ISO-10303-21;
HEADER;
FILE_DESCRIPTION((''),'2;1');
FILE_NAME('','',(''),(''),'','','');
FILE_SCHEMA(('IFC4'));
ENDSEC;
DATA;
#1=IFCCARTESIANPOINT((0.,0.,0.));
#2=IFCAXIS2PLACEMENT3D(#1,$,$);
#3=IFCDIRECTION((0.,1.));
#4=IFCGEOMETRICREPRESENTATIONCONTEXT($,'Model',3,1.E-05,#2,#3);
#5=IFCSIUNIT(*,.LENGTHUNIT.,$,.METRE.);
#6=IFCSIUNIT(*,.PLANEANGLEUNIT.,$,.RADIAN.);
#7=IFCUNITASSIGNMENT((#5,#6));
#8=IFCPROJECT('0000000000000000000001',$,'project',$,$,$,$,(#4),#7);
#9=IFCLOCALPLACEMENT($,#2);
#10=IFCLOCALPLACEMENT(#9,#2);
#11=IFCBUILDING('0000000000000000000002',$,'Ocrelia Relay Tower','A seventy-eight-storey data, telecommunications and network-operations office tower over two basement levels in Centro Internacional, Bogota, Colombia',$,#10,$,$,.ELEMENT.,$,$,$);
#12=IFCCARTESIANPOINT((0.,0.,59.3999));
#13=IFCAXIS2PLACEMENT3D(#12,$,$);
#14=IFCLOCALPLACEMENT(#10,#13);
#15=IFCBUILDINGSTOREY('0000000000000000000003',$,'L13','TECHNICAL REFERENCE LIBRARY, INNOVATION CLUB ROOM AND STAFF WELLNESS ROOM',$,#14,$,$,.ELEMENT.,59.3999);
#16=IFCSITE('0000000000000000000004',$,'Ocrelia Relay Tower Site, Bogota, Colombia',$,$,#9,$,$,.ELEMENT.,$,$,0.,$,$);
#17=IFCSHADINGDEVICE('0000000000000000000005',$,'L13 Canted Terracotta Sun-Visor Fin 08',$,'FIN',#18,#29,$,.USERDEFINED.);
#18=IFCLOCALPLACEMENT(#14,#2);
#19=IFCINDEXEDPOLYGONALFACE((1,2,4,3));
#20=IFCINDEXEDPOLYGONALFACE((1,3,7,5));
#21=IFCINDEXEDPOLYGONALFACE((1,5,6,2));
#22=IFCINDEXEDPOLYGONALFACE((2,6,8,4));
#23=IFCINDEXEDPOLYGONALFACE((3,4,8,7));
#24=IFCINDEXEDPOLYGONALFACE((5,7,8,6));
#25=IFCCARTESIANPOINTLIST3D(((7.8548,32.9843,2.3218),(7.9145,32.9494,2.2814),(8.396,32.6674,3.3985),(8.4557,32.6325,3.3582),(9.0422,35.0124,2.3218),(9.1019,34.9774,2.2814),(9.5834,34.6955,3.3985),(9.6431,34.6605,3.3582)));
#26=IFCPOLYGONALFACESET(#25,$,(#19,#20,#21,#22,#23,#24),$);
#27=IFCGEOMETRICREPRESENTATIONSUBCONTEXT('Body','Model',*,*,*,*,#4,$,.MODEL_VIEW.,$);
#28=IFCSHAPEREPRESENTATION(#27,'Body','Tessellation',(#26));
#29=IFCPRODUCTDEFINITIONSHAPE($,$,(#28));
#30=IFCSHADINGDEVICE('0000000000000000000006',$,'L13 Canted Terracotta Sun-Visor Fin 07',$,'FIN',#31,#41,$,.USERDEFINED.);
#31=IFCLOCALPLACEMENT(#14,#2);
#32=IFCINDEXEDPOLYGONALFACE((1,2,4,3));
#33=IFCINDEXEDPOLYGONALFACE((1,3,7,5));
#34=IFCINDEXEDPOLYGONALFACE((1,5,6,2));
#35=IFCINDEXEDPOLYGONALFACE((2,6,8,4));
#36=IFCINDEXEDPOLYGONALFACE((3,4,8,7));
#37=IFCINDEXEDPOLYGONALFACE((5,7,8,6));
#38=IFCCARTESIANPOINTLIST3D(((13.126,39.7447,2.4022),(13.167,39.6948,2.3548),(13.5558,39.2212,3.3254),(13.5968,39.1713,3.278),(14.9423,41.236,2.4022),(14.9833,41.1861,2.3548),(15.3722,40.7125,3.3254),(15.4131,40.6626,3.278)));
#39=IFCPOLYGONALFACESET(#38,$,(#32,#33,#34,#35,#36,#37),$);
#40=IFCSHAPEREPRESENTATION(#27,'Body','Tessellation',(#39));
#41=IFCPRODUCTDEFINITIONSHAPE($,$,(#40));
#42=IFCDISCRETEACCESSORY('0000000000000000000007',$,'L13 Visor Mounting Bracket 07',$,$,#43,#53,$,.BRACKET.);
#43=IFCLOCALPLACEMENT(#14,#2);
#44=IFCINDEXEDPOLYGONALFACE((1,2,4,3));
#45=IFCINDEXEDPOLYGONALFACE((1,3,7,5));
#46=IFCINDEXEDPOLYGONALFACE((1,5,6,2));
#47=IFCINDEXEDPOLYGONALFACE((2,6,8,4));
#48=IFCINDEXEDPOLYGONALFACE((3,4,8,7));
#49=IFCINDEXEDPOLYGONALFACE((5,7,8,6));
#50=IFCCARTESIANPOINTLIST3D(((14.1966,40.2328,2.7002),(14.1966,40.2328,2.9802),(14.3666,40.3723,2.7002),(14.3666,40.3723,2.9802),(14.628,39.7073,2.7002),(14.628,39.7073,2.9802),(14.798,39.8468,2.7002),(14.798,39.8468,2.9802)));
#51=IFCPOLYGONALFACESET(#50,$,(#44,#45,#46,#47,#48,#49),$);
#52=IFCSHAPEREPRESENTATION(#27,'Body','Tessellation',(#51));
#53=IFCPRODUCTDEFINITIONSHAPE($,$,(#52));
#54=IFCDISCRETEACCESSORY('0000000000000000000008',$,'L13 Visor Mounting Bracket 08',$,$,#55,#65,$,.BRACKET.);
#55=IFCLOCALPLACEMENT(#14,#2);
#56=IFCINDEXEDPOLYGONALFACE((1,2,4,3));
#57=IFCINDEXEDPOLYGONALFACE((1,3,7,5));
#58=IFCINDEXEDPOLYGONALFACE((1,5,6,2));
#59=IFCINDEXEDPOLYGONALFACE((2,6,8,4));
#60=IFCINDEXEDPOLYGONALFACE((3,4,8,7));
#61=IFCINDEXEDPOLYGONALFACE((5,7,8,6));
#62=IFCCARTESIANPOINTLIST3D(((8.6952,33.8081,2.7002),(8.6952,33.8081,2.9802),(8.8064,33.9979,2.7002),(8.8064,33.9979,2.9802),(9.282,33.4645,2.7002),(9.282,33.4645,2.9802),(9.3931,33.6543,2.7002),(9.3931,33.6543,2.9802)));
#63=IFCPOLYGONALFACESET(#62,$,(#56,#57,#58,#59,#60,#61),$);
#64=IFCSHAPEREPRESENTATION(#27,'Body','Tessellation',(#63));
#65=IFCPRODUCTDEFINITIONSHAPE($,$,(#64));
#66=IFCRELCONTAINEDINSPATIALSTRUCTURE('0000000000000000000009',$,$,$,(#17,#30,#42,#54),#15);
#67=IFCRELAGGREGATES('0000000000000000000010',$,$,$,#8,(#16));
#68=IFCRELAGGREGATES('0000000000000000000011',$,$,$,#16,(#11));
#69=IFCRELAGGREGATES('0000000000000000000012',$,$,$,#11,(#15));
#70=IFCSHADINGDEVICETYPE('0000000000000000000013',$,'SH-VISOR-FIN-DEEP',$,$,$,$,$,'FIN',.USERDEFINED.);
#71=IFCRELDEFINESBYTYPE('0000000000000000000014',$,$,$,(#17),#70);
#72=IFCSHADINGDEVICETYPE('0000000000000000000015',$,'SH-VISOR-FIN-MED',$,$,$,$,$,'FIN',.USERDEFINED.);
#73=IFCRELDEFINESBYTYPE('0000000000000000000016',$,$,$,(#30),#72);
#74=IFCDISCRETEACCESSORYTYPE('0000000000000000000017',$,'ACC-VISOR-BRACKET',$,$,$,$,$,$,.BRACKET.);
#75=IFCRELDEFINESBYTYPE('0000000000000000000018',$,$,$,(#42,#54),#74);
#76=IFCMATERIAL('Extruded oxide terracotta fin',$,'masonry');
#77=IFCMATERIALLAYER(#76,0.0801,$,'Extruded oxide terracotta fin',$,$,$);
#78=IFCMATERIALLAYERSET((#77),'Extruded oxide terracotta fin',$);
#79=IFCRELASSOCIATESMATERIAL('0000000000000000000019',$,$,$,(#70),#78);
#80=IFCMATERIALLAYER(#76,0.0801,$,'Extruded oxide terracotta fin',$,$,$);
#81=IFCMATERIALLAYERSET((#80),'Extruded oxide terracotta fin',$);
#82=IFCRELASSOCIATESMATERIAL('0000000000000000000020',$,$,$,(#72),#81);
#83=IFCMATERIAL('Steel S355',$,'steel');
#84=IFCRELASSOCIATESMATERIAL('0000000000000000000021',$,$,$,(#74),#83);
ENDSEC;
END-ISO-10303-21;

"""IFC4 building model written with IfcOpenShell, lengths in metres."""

from ifc_helpers import new_model, si_unit, direction, frame, origin, origin_2d, place, context, subcontext, project, spatial, rectangle, extrude, material, layer, layer_set, type_object, element, save


model = new_model("IFC4")

# Units and contexts
model_context = context("Model", 3, precision=1e-05, world=origin(), true_north=direction((0.0, 1.0)))
body_context = subcontext(model_context, "Body", "Model", "MODEL_VIEW")
ifc_project = project(units=[si_unit("LENGTHUNIT", "METRE"), si_unit("PLANEANGLEUNIT", "RADIAN")], contexts=[model_context])

# Site, building, storey
site_placement = place(None, origin())
site = spatial("IfcSite", under=ifc_project, at=site_placement, Name="Ocrelia Relay Tower Site, Bogota, Colombia", CompositionType="ELEMENT", RefElevation=0.0)
building_placement = place(site_placement, origin())
building = spatial("IfcBuilding", under=site, at=building_placement, Name="Ocrelia Relay Tower", Description="A seventy-eight-storey data, telecommunications and network-operations office tower over two basement levels in Centro Internacional, Bogota, Colombia", CompositionType="ELEMENT")
storey_placement = place(building_placement, frame((0.0, 0.0, 59.3999)))
storey = spatial("IfcBuildingStorey", under=building, at=storey_placement, Name="L13", Description="TECHNICAL REFERENCE LIBRARY, INNOVATION CLUB ROOM AND STAFF WELLNESS ROOM", CompositionType="ELEMENT", Elevation=59.3999)

# Shared definitions
ifc_material_1 = material(Name="Steel S355", Category="steel")

# Shading devices
ifc_material_2 = material(Name="Extruded oxide terracotta fin", Category="masonry")
ifc_layer_1 = layer(ifc_material_2, 0.0801, Name="Extruded oxide terracotta fin")
ifc_layer_set_1 = layer_set([ifc_layer_1], Name="Extruded oxide terracotta fin")
shading_device_type_1 = type_object("IfcShadingDeviceType", Name="SH-VISOR-FIN-DEEP", ElementType="FIN", PredefinedType="USERDEFINED", material=ifc_layer_set_1)
shading_device_1_placement = place(storey_placement, frame((8.7788, 33.8049, 2.8198), z_axis=(-0.745687, 0.436599, 0.503322), x_axis=(-0.505265, -0.862964, 0.0)))
element("IfcShadingDevice", 1, at=shading_device_1_placement, inside=storey, type_object=shading_device_type_1, Name="L13 Canted Terracotta Sun-Visor Fin 08", ObjectType="FIN", PredefinedType="USERDEFINED", context=body_context, shape_type="SweptSolid", body=[
    extrude(rectangle(XDim=2.3501, YDim=1.2461, at=origin_2d()), origin(), (0.0, 0.0, 1.0), 0.0801),
])
ifc_layer_2 = layer(ifc_material_2, 0.0801, Name="Extruded oxide terracotta fin")
ifc_layer_set_2 = layer_set([ifc_layer_2], Name="Extruded oxide terracotta fin")
shading_device_type_2 = type_object("IfcShadingDeviceType", Name="SH-VISOR-FIN-MED", ElementType="FIN", PredefinedType="USERDEFINED", material=ifc_layer_set_2)
shading_device_2_placement = place(storey_placement, frame((14.29, 40.1787, 2.8164), z_axis=(-0.511604, 0.623122, 0.591591), x_axis=(-0.772876, -0.634557, 0.0)))
element("IfcShadingDevice", 2, at=shading_device_2_placement, inside=storey, type_object=shading_device_type_2, Name="L13 Canted Terracotta Sun-Visor Fin 07", ObjectType="FIN", PredefinedType="USERDEFINED", context=body_context, shape_type="SweptSolid", body=[
    extrude(rectangle(XDim=2.3501, YDim=1.145, at=origin_2d()), origin(), (0.0, 0.0, 1.0), 0.0801),
])

# Discrete accessories
discrete_accessory_type = type_object("IfcDiscreteAccessoryType", Name="ACC-VISOR-BRACKET", PredefinedType="BRACKET", material=ifc_material_1)
for number, where, z_axis, x_axis, name in (
    (3, (14.4973, 40.0398, 2.7002), (0.0, 0.0, 1.0), (-0.772876, -0.634557, 0.0), "L13 Visor Mounting Bracket 07"),
    (4, (9.0442, 33.7312, 2.7002), (0.0, 0.0, 1.0), (-0.505265, -0.862964, 0.0), "L13 Visor Mounting Bracket 08"),
):
    element("IfcDiscreteAccessory", number, at=place(storey_placement, frame(where, z_axis=z_axis, x_axis=x_axis)), inside=storey, type_object=discrete_accessory_type, Name=name, PredefinedType="BRACKET", context=body_context, shape_type="SweptSolid", body=[
        extrude(rectangle(XDim=0.22, YDim=0.6799, at=origin_2d()), origin(), (0.0, 0.0, 1.0), 0.28),
    ])

save(model, "model.ifc")
